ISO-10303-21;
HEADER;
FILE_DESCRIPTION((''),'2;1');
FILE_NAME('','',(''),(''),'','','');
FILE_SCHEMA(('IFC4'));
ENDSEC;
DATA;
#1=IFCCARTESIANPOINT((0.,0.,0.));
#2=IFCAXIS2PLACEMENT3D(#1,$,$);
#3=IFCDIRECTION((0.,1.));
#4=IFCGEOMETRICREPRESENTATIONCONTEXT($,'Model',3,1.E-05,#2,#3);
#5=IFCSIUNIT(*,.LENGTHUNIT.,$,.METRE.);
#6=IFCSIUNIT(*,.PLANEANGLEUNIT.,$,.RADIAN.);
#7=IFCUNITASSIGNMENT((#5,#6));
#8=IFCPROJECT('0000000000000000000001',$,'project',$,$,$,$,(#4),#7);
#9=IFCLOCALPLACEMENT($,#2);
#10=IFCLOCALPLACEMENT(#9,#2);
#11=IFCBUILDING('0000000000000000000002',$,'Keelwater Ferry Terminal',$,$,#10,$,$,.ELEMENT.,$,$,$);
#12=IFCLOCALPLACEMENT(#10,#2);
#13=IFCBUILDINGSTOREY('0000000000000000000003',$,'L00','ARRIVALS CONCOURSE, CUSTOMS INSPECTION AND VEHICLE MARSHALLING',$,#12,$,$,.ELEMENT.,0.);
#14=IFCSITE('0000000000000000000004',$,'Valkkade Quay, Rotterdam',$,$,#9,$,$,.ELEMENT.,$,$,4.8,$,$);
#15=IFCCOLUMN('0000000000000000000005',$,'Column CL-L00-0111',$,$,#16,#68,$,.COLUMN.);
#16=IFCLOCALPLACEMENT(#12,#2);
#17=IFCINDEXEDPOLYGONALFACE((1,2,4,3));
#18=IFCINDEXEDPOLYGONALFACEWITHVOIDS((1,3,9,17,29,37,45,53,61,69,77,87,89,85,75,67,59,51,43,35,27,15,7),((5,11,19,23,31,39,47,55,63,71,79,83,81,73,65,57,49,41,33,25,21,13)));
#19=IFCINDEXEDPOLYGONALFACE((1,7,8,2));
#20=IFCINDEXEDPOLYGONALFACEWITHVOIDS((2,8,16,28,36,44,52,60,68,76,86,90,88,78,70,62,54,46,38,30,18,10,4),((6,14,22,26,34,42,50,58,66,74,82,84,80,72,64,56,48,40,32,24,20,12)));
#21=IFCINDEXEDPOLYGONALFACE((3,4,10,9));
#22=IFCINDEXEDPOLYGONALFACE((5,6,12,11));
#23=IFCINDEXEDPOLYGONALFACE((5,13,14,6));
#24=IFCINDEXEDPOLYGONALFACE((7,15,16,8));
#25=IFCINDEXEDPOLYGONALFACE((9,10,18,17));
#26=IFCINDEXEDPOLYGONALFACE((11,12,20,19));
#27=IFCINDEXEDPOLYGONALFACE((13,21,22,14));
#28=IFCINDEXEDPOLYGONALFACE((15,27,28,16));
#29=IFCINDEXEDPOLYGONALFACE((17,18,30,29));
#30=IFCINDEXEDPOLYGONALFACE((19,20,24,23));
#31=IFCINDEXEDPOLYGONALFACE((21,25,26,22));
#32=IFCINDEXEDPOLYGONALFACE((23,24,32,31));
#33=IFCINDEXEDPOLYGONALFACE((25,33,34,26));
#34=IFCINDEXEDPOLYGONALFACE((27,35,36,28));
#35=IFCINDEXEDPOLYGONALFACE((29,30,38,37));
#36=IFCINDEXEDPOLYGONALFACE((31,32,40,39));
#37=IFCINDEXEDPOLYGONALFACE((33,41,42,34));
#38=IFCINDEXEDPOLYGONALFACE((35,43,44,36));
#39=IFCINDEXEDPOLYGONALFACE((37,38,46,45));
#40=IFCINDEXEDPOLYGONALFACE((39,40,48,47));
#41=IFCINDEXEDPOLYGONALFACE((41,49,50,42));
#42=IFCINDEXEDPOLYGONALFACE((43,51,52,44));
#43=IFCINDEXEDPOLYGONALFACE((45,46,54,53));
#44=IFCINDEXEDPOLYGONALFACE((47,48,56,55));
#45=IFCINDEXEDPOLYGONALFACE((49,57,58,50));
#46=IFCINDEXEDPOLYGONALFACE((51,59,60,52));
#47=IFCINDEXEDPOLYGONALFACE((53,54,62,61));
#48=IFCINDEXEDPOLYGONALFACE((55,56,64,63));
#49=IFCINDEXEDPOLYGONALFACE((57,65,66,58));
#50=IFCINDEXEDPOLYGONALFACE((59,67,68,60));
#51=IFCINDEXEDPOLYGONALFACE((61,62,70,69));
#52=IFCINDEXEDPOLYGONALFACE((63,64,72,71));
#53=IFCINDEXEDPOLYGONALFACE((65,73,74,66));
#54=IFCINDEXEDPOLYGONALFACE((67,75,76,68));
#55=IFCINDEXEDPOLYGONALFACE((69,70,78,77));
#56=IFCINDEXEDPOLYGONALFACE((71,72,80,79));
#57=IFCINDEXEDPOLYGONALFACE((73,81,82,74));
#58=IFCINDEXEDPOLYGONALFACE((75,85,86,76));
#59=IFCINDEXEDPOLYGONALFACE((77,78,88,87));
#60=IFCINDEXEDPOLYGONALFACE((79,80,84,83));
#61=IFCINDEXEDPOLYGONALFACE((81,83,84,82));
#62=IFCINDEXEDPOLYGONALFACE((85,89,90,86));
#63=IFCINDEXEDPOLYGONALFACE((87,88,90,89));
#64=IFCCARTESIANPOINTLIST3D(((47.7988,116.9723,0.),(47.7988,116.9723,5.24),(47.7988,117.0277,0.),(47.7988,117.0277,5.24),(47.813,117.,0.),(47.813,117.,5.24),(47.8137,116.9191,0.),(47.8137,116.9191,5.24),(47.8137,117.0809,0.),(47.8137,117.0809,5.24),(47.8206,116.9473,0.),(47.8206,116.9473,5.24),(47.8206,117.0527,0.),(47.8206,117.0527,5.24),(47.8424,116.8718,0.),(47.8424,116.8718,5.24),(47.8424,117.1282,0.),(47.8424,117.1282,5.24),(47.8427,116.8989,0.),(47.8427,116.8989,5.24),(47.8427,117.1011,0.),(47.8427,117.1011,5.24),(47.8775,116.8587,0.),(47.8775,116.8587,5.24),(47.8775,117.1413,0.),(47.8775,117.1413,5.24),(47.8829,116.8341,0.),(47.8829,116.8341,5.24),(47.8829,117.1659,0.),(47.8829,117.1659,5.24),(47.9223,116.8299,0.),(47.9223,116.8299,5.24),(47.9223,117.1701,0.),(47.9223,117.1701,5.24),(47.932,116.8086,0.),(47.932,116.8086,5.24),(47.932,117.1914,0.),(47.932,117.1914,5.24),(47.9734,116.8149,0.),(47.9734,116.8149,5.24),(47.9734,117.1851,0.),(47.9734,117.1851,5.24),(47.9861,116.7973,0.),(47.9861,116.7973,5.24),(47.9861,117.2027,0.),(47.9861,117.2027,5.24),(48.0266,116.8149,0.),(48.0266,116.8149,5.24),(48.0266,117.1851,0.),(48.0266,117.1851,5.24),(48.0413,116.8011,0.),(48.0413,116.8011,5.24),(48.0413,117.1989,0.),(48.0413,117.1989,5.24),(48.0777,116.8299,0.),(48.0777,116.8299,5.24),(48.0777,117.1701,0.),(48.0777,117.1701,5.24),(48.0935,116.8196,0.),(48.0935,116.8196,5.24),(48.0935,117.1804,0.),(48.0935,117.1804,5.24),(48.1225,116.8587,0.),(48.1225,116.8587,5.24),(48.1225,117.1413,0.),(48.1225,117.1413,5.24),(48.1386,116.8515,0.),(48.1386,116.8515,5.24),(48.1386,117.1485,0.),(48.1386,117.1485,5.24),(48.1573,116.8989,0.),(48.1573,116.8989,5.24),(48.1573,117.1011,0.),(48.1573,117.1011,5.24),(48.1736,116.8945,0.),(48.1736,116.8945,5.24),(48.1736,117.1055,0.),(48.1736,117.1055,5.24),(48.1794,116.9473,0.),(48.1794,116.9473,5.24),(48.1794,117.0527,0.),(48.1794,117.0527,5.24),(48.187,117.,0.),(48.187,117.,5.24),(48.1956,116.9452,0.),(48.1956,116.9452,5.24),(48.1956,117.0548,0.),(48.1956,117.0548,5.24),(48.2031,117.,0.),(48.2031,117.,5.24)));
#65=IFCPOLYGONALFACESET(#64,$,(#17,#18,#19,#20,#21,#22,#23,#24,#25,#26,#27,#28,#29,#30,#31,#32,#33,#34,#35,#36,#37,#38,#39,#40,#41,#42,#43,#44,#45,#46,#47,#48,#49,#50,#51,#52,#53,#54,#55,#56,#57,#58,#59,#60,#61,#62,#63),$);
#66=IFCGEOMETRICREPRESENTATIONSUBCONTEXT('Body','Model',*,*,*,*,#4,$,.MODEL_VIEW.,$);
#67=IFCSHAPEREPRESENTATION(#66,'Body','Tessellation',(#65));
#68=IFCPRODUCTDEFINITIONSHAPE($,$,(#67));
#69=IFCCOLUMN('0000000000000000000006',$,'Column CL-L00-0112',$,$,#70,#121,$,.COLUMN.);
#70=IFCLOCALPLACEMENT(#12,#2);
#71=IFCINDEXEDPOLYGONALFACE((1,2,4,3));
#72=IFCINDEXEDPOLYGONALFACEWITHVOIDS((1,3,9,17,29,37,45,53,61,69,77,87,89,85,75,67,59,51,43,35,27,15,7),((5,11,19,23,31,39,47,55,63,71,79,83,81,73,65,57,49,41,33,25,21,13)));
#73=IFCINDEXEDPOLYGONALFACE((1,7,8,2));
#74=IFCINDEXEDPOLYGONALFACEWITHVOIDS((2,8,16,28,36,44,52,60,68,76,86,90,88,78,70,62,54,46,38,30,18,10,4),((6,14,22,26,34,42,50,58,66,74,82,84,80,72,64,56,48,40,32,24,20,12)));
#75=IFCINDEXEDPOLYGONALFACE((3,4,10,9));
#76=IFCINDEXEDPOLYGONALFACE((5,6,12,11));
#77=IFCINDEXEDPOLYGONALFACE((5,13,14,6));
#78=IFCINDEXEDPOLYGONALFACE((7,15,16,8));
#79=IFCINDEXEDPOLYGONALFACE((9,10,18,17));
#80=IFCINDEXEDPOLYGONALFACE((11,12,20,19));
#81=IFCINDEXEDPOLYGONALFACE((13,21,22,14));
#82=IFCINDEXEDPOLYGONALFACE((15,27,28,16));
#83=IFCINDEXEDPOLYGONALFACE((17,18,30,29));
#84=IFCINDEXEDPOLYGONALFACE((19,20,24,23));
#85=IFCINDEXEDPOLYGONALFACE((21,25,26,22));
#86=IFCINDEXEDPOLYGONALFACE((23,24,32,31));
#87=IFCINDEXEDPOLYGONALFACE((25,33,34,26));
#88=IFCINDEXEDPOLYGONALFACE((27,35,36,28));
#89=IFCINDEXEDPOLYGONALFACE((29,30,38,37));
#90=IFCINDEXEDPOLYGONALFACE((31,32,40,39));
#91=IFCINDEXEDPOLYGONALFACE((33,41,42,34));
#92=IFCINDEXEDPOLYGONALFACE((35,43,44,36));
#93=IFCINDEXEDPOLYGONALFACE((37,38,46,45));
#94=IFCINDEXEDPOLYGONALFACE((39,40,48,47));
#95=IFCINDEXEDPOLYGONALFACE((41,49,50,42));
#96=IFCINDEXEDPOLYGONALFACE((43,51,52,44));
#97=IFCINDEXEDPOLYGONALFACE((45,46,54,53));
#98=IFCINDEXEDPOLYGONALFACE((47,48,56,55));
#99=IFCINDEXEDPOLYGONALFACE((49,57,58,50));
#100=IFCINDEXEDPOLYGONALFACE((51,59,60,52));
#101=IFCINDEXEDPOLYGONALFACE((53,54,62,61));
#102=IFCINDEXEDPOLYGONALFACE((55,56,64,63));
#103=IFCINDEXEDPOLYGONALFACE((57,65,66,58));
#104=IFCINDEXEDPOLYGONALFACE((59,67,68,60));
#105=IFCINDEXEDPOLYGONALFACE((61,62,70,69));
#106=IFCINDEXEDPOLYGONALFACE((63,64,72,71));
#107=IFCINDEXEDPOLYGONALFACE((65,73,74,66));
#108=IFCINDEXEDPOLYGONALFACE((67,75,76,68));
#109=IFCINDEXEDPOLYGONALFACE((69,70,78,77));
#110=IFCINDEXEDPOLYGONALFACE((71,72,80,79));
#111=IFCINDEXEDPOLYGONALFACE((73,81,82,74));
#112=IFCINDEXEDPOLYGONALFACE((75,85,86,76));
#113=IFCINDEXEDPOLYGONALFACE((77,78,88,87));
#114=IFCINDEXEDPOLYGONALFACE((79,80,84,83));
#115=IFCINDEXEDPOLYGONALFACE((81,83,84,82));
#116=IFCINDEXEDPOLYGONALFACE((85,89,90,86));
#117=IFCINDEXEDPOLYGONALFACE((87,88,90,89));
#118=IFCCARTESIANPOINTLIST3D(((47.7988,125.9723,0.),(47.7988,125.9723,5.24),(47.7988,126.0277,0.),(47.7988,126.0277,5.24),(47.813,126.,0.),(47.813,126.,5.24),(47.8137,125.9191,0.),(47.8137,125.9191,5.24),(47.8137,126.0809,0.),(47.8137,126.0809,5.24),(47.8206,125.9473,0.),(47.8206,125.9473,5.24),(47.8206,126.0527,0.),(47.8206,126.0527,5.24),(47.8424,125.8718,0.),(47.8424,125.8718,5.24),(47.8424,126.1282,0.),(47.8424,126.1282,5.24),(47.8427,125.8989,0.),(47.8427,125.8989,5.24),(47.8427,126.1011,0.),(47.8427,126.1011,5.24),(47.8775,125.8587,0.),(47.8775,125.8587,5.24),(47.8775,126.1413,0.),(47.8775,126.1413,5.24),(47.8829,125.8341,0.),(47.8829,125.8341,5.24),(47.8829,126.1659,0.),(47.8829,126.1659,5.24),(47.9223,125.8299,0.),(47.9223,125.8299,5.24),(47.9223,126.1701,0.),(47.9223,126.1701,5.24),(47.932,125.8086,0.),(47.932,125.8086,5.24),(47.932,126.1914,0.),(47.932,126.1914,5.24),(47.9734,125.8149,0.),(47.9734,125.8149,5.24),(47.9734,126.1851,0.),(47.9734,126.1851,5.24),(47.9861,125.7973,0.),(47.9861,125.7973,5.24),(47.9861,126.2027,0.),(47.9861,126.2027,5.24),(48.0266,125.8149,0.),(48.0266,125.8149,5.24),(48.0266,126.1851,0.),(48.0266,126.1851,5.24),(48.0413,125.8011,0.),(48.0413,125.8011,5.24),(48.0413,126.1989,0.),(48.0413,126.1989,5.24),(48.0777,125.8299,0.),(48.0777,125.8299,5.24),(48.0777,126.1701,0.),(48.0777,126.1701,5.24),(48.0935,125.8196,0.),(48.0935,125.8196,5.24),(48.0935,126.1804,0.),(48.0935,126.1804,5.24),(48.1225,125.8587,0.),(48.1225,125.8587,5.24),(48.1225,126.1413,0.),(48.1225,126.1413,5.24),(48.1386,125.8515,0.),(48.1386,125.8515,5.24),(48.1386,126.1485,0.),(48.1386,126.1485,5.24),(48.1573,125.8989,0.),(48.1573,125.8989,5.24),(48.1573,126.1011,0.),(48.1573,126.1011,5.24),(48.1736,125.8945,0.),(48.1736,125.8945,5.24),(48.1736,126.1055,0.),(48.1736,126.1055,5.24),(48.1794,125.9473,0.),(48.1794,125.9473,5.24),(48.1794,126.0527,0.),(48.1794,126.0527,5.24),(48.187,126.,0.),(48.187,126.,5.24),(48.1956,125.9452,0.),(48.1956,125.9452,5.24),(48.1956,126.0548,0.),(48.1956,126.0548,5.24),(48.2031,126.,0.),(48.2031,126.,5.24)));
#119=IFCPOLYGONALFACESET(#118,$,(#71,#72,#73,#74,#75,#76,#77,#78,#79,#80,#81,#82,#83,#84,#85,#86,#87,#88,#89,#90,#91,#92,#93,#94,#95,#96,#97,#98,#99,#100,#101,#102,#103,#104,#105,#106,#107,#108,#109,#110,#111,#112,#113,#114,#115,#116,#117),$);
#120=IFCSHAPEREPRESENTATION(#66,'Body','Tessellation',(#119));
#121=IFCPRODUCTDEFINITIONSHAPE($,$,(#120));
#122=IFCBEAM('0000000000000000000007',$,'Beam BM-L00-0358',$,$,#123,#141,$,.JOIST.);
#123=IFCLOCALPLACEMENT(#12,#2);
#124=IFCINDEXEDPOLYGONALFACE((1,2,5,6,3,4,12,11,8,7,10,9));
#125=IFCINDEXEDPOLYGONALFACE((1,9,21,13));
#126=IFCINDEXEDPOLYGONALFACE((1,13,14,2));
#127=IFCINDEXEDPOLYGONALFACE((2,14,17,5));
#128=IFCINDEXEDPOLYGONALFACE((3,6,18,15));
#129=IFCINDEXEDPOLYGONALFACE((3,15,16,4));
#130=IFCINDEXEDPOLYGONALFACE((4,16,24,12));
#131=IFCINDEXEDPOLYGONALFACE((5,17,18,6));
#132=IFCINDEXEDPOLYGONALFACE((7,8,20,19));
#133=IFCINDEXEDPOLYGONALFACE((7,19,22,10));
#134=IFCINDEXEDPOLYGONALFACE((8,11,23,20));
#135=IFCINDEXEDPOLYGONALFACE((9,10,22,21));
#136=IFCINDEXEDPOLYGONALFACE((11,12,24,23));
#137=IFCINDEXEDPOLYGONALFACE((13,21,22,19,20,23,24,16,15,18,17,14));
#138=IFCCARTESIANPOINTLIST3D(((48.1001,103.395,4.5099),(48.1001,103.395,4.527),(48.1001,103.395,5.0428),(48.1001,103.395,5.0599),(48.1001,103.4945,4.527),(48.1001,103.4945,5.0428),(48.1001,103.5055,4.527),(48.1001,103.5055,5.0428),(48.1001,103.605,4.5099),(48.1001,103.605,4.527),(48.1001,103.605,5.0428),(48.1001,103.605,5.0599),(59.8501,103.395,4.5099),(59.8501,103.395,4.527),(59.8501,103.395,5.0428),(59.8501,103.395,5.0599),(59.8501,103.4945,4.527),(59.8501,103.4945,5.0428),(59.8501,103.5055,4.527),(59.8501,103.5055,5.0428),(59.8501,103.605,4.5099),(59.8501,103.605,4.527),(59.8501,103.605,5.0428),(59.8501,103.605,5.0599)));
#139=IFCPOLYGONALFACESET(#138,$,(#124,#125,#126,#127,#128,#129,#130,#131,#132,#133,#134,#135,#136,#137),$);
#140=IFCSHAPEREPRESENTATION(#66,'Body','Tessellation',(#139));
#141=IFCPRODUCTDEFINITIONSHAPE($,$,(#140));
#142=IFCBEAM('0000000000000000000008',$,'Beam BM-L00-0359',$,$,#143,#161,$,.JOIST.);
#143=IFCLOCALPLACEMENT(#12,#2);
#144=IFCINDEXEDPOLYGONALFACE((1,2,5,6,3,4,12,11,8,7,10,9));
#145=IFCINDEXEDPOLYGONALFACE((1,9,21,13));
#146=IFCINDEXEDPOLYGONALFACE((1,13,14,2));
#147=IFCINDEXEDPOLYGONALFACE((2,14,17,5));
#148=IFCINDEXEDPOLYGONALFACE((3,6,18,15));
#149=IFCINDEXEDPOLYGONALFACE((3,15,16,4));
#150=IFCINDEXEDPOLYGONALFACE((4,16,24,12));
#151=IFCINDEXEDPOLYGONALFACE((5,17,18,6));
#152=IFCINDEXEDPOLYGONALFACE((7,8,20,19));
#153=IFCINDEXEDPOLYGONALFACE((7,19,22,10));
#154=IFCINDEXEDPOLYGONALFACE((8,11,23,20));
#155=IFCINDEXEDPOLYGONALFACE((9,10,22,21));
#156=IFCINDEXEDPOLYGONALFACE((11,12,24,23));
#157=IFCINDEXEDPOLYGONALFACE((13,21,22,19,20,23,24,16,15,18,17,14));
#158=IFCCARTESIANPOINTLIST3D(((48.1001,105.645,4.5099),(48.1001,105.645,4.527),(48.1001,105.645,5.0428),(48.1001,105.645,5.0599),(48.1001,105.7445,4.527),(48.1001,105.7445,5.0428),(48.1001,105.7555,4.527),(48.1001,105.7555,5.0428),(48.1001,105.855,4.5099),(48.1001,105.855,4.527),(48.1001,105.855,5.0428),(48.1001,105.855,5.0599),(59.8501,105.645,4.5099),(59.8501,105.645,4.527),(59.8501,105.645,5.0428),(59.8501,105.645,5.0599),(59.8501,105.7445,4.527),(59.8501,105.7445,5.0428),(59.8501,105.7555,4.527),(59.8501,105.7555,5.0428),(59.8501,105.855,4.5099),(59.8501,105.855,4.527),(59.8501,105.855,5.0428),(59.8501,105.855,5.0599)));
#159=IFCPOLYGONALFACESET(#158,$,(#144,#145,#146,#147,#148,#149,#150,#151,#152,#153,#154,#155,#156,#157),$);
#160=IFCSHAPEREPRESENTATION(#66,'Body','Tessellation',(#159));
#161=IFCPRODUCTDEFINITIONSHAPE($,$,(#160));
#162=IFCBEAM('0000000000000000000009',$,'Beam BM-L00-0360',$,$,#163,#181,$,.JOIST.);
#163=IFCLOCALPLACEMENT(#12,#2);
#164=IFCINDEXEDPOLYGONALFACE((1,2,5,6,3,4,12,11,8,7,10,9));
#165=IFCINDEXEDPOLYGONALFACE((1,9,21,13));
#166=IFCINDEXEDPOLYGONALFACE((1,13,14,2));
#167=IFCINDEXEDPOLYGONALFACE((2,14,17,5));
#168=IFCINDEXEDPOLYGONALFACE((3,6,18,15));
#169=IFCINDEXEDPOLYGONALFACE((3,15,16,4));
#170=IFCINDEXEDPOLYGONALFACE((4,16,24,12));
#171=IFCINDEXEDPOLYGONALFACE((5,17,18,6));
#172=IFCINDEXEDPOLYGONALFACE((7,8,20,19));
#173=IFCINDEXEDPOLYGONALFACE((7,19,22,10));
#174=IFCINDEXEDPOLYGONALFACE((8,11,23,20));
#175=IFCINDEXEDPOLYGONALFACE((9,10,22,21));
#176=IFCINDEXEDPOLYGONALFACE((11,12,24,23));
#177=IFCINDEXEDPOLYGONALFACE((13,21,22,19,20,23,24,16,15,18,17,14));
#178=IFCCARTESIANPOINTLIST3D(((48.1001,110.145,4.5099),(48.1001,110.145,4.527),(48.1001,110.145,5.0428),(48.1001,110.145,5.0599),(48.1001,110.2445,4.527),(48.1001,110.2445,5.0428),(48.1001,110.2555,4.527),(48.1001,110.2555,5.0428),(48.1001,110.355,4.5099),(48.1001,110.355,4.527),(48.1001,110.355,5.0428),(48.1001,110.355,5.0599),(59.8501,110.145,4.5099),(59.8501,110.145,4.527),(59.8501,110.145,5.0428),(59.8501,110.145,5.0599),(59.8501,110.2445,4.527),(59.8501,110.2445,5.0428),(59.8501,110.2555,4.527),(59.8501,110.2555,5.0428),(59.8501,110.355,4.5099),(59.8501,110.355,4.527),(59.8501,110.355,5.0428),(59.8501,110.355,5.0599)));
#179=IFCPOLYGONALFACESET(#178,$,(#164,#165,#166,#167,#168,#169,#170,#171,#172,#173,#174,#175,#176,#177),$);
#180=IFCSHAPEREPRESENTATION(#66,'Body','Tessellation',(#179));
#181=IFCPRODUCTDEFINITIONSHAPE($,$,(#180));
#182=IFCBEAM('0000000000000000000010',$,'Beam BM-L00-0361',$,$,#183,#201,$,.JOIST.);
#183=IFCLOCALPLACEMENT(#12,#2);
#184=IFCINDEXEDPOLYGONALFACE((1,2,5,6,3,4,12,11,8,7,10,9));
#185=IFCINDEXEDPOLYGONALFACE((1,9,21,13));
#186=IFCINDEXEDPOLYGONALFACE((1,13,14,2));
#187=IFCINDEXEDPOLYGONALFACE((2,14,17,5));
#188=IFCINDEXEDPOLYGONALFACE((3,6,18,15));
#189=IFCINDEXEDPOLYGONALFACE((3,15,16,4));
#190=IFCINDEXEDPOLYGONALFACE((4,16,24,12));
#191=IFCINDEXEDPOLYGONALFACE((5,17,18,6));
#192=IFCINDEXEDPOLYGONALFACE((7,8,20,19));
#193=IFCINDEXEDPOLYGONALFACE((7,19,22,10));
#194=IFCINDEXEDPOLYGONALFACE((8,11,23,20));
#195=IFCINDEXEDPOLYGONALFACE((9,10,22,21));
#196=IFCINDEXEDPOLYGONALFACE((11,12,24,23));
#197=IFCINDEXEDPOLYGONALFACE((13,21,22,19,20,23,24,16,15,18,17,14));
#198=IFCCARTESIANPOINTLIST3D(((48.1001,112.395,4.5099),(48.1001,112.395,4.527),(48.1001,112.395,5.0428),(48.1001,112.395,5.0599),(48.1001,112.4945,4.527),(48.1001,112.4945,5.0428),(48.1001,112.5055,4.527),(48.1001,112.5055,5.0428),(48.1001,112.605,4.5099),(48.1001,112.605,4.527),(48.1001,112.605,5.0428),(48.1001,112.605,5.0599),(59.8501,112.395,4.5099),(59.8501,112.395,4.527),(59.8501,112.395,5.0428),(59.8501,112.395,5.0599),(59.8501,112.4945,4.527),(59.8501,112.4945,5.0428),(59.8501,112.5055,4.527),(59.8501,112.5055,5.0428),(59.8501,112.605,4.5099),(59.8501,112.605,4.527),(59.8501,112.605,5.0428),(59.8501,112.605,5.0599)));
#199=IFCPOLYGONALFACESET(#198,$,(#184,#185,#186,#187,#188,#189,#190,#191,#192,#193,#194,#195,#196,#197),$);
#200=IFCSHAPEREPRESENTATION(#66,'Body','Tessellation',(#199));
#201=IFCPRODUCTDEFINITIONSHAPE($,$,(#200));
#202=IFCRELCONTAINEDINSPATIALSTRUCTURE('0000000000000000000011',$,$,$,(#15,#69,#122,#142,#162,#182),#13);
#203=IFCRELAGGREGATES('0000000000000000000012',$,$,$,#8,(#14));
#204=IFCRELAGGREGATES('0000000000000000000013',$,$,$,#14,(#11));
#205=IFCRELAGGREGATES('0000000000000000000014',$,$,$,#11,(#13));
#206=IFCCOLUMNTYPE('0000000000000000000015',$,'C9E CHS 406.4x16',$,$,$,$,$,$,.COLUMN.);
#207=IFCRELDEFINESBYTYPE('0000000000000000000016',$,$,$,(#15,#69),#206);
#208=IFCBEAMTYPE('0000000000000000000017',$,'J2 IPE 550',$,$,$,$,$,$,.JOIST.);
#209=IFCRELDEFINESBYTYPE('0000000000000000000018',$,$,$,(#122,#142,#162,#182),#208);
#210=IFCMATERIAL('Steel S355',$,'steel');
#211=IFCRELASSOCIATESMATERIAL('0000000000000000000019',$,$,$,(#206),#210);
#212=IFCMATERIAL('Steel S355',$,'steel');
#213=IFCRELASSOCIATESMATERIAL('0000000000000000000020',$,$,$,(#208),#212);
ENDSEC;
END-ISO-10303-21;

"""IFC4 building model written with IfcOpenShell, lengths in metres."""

from ifc_helpers import new_model, si_unit, direction, frame, origin, origin_2d, place, context, subcontext, project, spatial, hollow_circle, i_section, extrude, material, material_profile, profile_set, type_object, element, save


model = new_model("IFC4")

# Units and contexts
model_context = context("Model", 3, precision=1e-05, world=origin(), true_north=direction((0.0, 1.0)))
body_context = subcontext(model_context, "Body", "Model", "MODEL_VIEW")
ifc_project = project(units=[si_unit("LENGTHUNIT", "METRE"), si_unit("PLANEANGLEUNIT", "RADIAN")], contexts=[model_context])

# Site, building, storey
site_placement = place(None, origin())
site = spatial("IfcSite", under=ifc_project, at=site_placement, Name="Valkkade Quay, Rotterdam", CompositionType="ELEMENT", RefElevation=4.8)
building_placement = place(site_placement, origin())
building = spatial("IfcBuilding", under=site, at=building_placement, Name="Keelwater Ferry Terminal", CompositionType="ELEMENT")
storey_placement = place(building_placement, origin())
storey = spatial("IfcBuildingStorey", under=building, at=storey_placement, Name="L00", Description="ARRIVALS CONCOURSE, CUSTOMS INSPECTION AND VEHICLE MARSHALLING", CompositionType="ELEMENT", Elevation=0.0)

# Columns
ifc_material_1 = material(Name="Steel S355", Category="steel")
ifc_material_profile_1 = material_profile(ifc_material_1, hollow_circle(Radius=0.2031, WallThickness=0.0161, at=origin_2d()), Name="CHS 406.4x16")
ifc_profile_set_1 = profile_set([ifc_material_profile_1], Name="Steel S355")
column_type = type_object("IfcColumnType", Name="C9E CHS 406.4x16", PredefinedType="COLUMN", material=ifc_profile_set_1)
for number, where, z_axis, x_axis, name in (
    (1, (48.0, 117.0, 0.0), (0.0, 0.0, 1.0), (1.0, 0.0, 0.0), "Column CL-L00-0111"),
    (2, (48.0, 126.0, 0.0), (0.0, 0.0, 1.0), (1.0, 0.0, 0.0), "Column CL-L00-0112"),
):
    element("IfcColumn", number, at=place(storey_placement, frame(where, z_axis=z_axis, x_axis=x_axis)), inside=storey, type_object=column_type, Name=name, PredefinedType="COLUMN", context=body_context, shape_type="SweptSolid", body=[
        extrude(hollow_circle(Radius=0.2031, WallThickness=0.0161, at=origin_2d()), origin(), (0.0, 0.0, 1.0), 5.24),
    ])

# Beams
ifc_material_2 = material(Name="Steel S355", Category="steel")
ifc_material_profile_2 = material_profile(ifc_material_2, i_section(OverallWidth=0.21, OverallDepth=0.55, WebThickness=0.011, FlangeThickness=0.0171, at=origin_2d()), Name="IPE 550")
ifc_profile_set_2 = profile_set([ifc_material_profile_2], Name="Steel S355")
beam_type_1 = type_object("IfcBeamType", Name="J2 IPE 550", PredefinedType="JOIST", material=ifc_profile_set_2)
for number, where, z_axis, x_axis, name in (
    (3, (48.1001, 103.5, 4.7849), (1.0, 0.0, 0.0), (0.0, 1.0, 0.0), "Beam BM-L00-0358"),
    (4, (48.1001, 105.75, 4.7849), (1.0, 0.0, 0.0), (0.0, 1.0, 0.0), "Beam BM-L00-0359"),
    (5, (48.1001, 110.25, 4.7849), (1.0, 0.0, 0.0), (0.0, 1.0, 0.0), "Beam BM-L00-0360"),
    (6, (48.1001, 112.5, 4.7849), (1.0, 0.0, 0.0), (0.0, 1.0, 0.0), "Beam BM-L00-0361"),
):
    element("IfcBeam", number, at=place(storey_placement, frame(where, z_axis=z_axis, x_axis=x_axis)), inside=storey, type_object=beam_type_1, Name=name, PredefinedType="JOIST", context=body_context, shape_type="SweptSolid", body=[
        extrude(i_section(OverallWidth=0.21, OverallDepth=0.55, WebThickness=0.011, FlangeThickness=0.0171, at=origin_2d()), origin(), (0.0, 0.0, 1.0), 11.75),
    ])

save(model, "model.ifc")
